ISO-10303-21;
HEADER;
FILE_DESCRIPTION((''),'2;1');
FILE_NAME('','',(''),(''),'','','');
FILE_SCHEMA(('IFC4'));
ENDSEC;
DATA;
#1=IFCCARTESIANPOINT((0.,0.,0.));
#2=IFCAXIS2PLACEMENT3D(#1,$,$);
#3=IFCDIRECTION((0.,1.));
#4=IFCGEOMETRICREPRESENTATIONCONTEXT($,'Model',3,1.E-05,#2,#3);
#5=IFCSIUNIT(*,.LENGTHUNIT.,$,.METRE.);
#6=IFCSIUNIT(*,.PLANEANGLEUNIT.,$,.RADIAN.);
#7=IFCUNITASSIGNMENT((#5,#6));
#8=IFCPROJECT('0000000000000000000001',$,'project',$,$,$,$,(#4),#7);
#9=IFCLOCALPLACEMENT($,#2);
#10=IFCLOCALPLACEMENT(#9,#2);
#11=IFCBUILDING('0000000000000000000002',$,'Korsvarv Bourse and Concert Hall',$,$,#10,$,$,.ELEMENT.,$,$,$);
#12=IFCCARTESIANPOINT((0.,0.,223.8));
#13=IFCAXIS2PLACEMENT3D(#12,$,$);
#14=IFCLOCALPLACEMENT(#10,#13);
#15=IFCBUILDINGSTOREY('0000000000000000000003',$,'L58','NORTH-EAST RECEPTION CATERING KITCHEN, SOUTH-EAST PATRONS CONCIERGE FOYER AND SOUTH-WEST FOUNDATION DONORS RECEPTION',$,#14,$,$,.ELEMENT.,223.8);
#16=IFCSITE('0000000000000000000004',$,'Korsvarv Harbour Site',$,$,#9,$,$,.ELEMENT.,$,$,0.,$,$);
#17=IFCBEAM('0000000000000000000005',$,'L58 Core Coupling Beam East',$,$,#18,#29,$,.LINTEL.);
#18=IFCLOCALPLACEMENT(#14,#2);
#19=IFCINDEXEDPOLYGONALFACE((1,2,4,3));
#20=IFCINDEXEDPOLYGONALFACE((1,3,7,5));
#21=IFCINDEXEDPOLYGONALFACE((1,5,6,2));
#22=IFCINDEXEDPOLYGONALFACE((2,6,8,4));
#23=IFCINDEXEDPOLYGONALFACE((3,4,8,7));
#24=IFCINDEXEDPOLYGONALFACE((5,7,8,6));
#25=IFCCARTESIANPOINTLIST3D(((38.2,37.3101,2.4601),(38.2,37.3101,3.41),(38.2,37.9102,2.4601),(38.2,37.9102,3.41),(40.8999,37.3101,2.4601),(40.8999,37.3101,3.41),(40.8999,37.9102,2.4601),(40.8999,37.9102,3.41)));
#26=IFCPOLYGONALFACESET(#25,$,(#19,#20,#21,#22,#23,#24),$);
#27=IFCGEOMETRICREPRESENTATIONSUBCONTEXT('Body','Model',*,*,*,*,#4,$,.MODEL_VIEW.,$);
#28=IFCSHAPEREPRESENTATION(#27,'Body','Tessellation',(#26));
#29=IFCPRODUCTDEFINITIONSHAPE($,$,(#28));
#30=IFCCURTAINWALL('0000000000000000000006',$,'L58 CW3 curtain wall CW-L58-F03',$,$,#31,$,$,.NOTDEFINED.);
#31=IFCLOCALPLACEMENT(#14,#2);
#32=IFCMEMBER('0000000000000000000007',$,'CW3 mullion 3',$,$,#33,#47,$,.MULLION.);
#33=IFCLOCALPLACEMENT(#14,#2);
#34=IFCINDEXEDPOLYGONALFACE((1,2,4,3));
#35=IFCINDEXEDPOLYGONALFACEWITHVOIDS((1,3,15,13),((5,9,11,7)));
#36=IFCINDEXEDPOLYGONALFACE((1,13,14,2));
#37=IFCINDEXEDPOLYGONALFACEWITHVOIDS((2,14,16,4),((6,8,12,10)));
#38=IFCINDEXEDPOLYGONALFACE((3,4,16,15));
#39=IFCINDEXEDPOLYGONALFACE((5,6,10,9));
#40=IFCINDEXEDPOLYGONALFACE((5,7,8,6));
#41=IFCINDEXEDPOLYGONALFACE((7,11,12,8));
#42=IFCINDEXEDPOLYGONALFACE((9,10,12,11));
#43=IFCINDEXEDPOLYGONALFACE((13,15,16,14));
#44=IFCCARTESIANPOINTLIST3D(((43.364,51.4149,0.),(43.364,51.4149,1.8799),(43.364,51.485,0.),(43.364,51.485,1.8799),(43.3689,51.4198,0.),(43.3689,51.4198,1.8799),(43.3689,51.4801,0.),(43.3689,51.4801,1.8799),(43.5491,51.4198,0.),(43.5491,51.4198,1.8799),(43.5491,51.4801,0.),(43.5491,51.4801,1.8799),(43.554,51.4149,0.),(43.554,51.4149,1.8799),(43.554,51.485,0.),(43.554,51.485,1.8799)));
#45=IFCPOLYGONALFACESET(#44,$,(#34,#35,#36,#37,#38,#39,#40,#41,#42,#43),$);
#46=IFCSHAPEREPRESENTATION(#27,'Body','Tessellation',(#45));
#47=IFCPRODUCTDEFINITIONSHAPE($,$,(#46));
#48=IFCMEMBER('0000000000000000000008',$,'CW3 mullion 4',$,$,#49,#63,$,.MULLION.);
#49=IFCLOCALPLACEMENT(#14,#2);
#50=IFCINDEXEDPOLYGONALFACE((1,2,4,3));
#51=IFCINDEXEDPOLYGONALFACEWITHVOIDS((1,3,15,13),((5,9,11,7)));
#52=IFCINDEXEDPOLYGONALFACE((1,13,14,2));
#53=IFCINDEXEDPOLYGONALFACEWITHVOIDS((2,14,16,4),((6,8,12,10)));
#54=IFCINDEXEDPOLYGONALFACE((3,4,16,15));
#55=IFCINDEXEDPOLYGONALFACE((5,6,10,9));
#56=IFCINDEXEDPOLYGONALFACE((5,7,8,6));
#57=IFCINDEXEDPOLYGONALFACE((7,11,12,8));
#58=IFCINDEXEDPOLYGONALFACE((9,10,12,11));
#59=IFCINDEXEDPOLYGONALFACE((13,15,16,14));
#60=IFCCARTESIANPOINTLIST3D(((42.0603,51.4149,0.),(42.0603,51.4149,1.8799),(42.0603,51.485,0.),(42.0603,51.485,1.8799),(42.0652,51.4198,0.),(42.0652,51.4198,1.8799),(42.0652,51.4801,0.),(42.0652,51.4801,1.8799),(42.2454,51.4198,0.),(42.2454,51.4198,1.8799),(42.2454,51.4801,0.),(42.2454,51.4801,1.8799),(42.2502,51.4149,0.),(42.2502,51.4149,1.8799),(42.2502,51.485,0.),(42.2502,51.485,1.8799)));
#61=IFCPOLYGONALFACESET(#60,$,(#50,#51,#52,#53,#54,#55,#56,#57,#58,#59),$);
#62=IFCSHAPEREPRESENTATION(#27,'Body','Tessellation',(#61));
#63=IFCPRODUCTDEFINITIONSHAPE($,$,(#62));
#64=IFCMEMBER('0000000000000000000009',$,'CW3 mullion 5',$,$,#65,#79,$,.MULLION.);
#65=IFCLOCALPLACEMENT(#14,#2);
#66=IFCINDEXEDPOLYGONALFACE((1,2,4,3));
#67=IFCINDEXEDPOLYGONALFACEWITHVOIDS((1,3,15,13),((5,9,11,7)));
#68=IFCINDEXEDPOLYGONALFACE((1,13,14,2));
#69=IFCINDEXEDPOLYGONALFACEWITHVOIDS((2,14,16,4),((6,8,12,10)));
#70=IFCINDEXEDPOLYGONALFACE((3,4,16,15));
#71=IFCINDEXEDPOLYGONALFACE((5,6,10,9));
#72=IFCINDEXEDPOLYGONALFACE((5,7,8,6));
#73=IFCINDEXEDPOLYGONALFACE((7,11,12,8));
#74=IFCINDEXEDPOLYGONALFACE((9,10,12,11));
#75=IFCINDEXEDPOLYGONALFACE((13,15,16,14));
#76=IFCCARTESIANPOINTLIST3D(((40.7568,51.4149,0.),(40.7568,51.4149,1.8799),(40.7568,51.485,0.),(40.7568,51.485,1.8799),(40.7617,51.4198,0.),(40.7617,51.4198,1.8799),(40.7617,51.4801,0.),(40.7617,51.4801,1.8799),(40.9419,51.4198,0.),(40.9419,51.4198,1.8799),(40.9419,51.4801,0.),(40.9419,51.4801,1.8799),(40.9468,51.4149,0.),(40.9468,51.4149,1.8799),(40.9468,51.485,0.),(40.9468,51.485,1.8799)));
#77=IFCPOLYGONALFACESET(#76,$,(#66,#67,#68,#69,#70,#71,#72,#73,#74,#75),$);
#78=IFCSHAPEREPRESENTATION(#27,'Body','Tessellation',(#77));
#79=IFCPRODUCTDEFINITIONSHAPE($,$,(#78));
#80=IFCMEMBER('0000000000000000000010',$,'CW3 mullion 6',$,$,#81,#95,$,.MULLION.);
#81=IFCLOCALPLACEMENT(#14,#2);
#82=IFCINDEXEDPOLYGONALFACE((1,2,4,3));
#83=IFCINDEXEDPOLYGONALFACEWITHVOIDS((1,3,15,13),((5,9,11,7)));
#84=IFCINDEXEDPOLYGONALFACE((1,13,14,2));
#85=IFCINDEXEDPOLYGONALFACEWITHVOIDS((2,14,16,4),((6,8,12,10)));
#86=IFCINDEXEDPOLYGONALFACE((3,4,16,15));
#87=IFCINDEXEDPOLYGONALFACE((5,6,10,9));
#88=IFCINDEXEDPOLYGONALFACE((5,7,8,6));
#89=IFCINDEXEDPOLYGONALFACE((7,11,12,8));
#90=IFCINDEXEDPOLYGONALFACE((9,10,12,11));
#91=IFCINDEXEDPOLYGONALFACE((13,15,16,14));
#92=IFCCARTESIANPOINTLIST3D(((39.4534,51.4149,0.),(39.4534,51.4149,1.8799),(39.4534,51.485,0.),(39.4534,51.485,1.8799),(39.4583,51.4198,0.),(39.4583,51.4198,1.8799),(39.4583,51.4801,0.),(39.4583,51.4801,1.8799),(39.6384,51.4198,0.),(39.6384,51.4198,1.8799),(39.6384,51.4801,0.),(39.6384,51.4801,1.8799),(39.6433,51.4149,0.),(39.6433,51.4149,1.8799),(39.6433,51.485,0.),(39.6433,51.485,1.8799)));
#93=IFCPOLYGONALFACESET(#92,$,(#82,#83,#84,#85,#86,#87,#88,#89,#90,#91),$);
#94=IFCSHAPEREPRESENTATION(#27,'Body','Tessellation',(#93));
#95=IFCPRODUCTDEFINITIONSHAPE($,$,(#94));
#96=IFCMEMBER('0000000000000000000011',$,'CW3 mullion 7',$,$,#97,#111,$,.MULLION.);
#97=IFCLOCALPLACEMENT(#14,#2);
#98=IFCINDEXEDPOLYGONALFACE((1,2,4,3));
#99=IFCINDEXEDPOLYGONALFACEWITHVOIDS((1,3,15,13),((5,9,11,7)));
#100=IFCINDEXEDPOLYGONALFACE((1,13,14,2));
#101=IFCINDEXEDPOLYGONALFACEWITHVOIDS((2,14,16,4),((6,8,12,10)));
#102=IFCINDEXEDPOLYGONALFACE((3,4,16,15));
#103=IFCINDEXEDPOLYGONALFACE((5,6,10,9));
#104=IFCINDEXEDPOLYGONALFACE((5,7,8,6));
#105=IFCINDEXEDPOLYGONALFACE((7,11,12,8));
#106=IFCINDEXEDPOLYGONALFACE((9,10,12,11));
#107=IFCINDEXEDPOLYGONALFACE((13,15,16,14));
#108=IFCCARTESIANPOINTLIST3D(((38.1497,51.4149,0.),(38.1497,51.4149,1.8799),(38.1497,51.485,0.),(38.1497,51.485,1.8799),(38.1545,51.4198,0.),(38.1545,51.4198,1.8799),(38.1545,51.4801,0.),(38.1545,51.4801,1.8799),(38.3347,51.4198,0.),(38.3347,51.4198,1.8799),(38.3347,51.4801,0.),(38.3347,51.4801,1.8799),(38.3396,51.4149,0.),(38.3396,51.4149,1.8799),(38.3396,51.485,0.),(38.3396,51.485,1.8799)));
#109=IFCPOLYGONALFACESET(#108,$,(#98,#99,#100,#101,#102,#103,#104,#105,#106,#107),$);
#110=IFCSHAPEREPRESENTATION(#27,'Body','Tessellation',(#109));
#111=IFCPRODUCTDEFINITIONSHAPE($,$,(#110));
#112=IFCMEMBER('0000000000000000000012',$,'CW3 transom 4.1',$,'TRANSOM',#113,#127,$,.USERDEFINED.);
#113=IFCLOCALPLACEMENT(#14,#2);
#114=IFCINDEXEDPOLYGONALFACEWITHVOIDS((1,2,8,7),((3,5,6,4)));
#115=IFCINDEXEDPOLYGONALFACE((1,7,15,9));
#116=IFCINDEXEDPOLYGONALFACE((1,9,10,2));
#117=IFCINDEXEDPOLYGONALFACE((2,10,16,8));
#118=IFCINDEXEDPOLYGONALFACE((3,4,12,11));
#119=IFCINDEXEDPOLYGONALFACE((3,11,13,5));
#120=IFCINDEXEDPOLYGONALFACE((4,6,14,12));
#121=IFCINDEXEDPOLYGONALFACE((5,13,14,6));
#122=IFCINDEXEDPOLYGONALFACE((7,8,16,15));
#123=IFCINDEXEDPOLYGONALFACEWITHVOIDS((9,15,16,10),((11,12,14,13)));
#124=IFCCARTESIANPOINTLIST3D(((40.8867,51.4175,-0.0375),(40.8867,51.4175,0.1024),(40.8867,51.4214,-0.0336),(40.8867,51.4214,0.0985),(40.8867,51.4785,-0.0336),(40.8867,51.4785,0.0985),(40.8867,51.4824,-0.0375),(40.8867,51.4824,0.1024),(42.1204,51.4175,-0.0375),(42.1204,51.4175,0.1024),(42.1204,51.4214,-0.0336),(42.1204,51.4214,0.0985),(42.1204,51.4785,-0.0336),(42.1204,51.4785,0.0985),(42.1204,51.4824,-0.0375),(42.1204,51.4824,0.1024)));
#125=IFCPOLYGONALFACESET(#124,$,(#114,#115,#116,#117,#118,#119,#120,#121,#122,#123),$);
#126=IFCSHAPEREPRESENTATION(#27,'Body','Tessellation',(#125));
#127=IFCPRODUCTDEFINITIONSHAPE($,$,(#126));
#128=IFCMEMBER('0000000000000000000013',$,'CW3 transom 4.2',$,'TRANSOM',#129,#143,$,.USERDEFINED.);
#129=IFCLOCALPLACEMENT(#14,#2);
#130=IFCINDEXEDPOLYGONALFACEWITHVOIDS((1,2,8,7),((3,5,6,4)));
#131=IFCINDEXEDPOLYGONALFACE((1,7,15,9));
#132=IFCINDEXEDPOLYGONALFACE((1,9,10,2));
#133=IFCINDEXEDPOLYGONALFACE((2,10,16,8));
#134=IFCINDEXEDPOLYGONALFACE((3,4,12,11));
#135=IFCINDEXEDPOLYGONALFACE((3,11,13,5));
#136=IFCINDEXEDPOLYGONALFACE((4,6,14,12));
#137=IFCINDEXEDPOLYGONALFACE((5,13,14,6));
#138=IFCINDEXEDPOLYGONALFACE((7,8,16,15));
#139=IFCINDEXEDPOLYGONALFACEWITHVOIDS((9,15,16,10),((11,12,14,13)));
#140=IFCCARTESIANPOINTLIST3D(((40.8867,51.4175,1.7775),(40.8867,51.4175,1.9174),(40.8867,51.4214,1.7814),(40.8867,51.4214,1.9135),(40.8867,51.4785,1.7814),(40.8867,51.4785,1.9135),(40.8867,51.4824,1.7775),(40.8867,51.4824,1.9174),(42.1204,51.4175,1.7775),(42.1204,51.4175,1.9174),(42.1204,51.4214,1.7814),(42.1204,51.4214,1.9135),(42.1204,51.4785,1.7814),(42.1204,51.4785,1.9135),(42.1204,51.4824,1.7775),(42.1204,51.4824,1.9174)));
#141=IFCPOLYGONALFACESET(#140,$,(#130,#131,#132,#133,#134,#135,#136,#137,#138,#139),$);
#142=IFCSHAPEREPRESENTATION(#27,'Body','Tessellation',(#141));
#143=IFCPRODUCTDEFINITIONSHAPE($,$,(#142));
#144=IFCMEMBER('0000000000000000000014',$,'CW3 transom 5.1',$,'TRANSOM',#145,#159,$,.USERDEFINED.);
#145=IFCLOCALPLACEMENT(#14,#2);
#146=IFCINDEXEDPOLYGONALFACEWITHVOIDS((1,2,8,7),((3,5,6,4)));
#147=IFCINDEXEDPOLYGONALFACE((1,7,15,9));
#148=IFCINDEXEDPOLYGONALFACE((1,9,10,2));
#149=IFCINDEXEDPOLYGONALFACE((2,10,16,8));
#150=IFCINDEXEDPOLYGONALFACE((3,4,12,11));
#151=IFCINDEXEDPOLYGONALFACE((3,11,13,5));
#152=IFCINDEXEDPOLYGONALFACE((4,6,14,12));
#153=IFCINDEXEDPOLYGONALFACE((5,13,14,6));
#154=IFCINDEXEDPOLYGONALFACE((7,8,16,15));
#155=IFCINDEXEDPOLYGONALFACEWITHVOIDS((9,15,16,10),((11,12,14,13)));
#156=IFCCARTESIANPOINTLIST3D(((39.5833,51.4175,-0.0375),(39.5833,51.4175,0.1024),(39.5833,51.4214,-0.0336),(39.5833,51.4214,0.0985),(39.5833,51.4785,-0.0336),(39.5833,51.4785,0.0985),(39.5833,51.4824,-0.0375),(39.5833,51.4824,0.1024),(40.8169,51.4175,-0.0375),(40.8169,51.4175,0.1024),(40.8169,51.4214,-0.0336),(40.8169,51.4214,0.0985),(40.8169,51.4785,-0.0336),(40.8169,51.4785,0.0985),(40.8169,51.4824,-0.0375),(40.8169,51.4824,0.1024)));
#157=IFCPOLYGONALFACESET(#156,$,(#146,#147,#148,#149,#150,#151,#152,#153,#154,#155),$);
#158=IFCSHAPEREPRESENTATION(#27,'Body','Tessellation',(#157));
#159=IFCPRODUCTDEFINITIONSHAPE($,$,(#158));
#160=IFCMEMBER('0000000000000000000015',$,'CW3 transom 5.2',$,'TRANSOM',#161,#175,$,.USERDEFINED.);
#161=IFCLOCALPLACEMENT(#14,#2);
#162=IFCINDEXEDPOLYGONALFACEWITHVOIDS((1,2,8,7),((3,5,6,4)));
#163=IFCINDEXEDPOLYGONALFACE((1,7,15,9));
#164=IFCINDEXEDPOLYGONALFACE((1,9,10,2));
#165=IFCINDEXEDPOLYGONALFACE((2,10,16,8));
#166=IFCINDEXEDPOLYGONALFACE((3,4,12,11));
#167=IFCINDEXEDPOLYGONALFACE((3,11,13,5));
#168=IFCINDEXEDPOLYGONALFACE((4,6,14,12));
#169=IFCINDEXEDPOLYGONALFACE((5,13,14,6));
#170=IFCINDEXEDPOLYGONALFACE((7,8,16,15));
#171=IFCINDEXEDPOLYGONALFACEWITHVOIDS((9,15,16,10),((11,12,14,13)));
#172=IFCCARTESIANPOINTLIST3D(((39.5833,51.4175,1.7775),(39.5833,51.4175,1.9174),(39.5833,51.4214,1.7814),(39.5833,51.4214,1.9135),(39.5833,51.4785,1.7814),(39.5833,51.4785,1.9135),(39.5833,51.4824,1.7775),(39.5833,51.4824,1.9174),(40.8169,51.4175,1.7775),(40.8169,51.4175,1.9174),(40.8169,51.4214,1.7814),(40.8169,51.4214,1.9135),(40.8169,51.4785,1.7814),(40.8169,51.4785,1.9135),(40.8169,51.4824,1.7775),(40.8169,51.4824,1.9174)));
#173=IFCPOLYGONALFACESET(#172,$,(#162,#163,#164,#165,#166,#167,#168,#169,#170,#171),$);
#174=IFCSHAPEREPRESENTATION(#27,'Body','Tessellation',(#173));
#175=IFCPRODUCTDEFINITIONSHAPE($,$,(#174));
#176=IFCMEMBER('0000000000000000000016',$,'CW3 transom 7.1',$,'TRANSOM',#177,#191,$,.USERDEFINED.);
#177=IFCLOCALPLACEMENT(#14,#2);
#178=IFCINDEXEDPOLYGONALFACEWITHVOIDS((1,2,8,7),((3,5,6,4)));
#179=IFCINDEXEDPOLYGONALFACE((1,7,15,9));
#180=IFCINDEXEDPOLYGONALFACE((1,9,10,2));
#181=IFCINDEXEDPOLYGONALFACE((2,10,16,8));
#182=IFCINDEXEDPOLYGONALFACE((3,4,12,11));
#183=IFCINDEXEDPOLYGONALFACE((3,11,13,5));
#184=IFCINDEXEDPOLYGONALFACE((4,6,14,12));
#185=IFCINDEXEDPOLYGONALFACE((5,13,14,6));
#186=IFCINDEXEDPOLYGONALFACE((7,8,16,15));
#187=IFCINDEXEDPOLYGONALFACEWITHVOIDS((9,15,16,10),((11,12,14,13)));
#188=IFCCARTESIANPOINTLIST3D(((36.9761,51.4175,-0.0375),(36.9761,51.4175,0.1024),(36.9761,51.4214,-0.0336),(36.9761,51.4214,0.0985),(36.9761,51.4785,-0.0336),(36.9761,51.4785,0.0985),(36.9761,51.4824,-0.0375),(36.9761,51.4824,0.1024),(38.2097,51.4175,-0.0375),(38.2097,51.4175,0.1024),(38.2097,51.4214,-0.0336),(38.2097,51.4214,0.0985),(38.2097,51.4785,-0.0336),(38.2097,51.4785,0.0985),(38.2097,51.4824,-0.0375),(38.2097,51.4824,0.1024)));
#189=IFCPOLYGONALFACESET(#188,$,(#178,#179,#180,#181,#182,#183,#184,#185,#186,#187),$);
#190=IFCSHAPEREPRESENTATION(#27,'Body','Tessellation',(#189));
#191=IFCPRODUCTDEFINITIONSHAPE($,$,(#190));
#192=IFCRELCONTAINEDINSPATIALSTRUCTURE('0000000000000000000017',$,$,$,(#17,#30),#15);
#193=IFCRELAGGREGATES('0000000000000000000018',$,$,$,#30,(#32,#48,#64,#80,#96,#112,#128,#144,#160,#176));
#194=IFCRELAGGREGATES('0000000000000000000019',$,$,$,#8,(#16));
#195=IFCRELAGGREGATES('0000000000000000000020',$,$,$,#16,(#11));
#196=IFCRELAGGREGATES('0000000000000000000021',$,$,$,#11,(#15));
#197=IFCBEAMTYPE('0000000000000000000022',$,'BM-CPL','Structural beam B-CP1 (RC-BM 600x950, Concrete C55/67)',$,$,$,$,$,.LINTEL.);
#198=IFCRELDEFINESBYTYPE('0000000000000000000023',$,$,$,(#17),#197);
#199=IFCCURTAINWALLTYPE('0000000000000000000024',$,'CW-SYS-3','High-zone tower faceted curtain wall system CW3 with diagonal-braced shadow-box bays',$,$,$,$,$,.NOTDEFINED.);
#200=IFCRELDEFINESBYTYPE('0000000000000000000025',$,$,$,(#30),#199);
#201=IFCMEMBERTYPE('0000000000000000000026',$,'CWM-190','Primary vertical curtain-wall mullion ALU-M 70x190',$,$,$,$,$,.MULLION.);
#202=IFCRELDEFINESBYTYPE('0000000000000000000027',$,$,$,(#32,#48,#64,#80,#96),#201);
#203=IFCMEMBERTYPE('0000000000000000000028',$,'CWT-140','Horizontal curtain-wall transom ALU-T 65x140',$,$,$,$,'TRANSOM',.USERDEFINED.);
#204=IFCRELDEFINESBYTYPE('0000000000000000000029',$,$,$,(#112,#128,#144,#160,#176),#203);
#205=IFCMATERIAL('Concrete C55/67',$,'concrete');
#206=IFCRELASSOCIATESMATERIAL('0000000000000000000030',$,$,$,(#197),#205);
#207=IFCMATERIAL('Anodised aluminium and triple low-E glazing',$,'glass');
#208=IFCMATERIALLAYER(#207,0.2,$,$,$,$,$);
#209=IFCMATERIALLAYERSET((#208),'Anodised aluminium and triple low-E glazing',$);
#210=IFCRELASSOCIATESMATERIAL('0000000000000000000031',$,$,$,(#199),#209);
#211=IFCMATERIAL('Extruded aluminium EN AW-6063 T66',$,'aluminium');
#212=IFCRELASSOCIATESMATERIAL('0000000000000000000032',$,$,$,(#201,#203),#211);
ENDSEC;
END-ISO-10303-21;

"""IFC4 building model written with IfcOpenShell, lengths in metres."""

from ifc_helpers import new_model, si_unit, direction, frame, origin, origin_2d, place, context, subcontext, project, spatial, rectangle, hollow_rectangle, extrude, source, transform, mapped, material, layer, layer_set, material_profile, profile_set, type_object, element, aggregate, save


model = new_model("IFC4")

# Units and contexts
model_context = context("Model", 3, precision=1e-05, world=origin(), true_north=direction((0.0, 1.0)))
body_context = subcontext(model_context, "Body", "Model", "MODEL_VIEW")
ifc_project = project(units=[si_unit("LENGTHUNIT", "METRE"), si_unit("PLANEANGLEUNIT", "RADIAN")], contexts=[model_context])

# Site, building, storey
site_placement = place(None, origin())
site = spatial("IfcSite", under=ifc_project, at=site_placement, Name="Korsvarv Harbour Site", CompositionType="ELEMENT", RefElevation=0.0)
building_placement = place(site_placement, origin())
building = spatial("IfcBuilding", under=site, at=building_placement, Name="Korsvarv Bourse and Concert Hall", CompositionType="ELEMENT")
storey_placement = place(building_placement, frame((0.0, 0.0, 223.8)))
storey = spatial("IfcBuildingStorey", under=building, at=storey_placement, Name="L58", Description="NORTH-EAST RECEPTION CATERING KITCHEN, SOUTH-EAST PATRONS CONCIERGE FOYER AND SOUTH-WEST FOUNDATION DONORS RECEPTION", CompositionType="ELEMENT", Elevation=223.8)

# Beam
ifc_material_1 = material(Name="Concrete C55/67", Category="concrete")
ifc_material_profile_1 = material_profile(ifc_material_1, rectangle(XDim=0.6001, YDim=0.95, at=origin_2d()), Name="RC-BM 600x950")
ifc_profile_set_1 = profile_set([ifc_material_profile_1], Name="Concrete C55/67")
beam_type = type_object("IfcBeamType", Name="BM-CPL", Description="Structural beam B-CP1 (RC-BM 600x950, Concrete C55/67)", PredefinedType="LINTEL", material=ifc_profile_set_1)
shared_shape_1 = source(origin(), body_context, "Body", "SweptSolid", [
    extrude(rectangle(XDim=0.6001, YDim=0.95, at=origin_2d()), origin(), (0.0, 0.0, 1.0), 2.7),
])
beam_placement = place(storey_placement, frame((38.2, 37.6101, 2.9351), z_axis=(1.0, 0.0, 0.0), x_axis=(0.0, 1.0, 0.0)))
element("IfcBeam", 1, at=beam_placement, inside=storey, type_object=beam_type, Name="L58 Core Coupling Beam East", PredefinedType="LINTEL", context=body_context, shape_type="MappedRepresentation", body=[
    mapped(shared_shape_1, transform((0.0, 0.0, 0.0), scale=1.0)),
])

# Curtain wall, members
ifc_material_2 = material(Name="Anodised aluminium and triple low-E glazing", Category="glass")
ifc_layer_1 = layer(ifc_material_2, 0.2)
ifc_layer_set_1 = layer_set([ifc_layer_1], Name="Anodised aluminium and triple low-E glazing")
curtain_wall_type = type_object("IfcCurtainWallType", Name="CW-SYS-3", Description="High-zone tower faceted curtain wall system CW3 with diagonal-braced shadow-box bays", PredefinedType="NOTDEFINED", material=ifc_layer_set_1)
curtain_wall_placement = place(storey_placement, origin())
curtain_wall = element("IfcCurtainWall", 2, at=curtain_wall_placement, inside=storey, type_object=curtain_wall_type, Name="L58 CW3 curtain wall CW-L58-F03", PredefinedType="NOTDEFINED")
ifc_material_3 = material(Name="Extruded aluminium EN AW-6063 T66", Category="aluminium")
ifc_material_profile_2 = material_profile(ifc_material_3, hollow_rectangle(XDim=0.0701, YDim=0.1899, WallThickness=0.0049, at=origin_2d()), Name="ALU-M 70x190")
ifc_profile_set_2 = profile_set([ifc_material_profile_2], Name="Extruded aluminium EN AW-6063 T66")
member_type_1 = type_object("IfcMemberType", Name="CWM-190", Description="Primary vertical curtain-wall mullion ALU-M 70x190", PredefinedType="MULLION", material=ifc_profile_set_2)
shared_shape_2 = source(origin(), body_context, "Body", "SweptSolid", [
    extrude(hollow_rectangle(XDim=0.0701, YDim=0.1899, WallThickness=0.0049, at=origin_2d()), origin(), (0.0, 0.0, 1.0), 1.8799),
])
member_1_placement = place(storey_placement, frame((43.459, 51.45, 0.0), z_axis=(0.0, 0.0, 1.0), x_axis=(0.0, -1.0, 0.0)))
member_1 = element("IfcMember", 3, at=member_1_placement, type_object=member_type_1, Name="CW3 mullion 3", PredefinedType="MULLION", context=body_context, shape_type="MappedRepresentation", body=[
    mapped(shared_shape_2, transform((0.0, 0.0, 0.0), scale=1.0)),
])
member_2_placement = place(storey_placement, frame((42.1553, 51.45, 0.0), z_axis=(0.0, 0.0, 1.0), x_axis=(0.0, -1.0, 0.0)))
member_2 = element("IfcMember", 4, at=member_2_placement, type_object=member_type_1, Name="CW3 mullion 4", PredefinedType="MULLION", context=body_context, shape_type="MappedRepresentation", body=[
    mapped(shared_shape_2, transform((0.0, 0.0, 0.0), scale=1.0)),
])
member_3_placement = place(storey_placement, frame((40.8518, 51.45, 0.0), z_axis=(0.0, 0.0, 1.0), x_axis=(0.0, -1.0, 0.0)))
member_3 = element("IfcMember", 5, at=member_3_placement, type_object=member_type_1, Name="CW3 mullion 5", PredefinedType="MULLION", context=body_context, shape_type="MappedRepresentation", body=[
    mapped(shared_shape_2, transform((0.0, 0.0, 0.0), scale=1.0)),
])
member_4_placement = place(storey_placement, frame((39.5483, 51.45, 0.0), z_axis=(0.0, 0.0, 1.0), x_axis=(0.0, -1.0, 0.0)))
member_4 = element("IfcMember", 6, at=member_4_placement, type_object=member_type_1, Name="CW3 mullion 6", PredefinedType="MULLION", context=body_context, shape_type="MappedRepresentation", body=[
    mapped(shared_shape_2, transform((0.0, 0.0, 0.0), scale=1.0)),
])
member_5_placement = place(storey_placement, frame((38.2446, 51.45, 0.0), z_axis=(0.0, 0.0, 1.0), x_axis=(0.0, -1.0, 0.0)))
member_5 = element("IfcMember", 7, at=member_5_placement, type_object=member_type_1, Name="CW3 mullion 7", PredefinedType="MULLION", context=body_context, shape_type="MappedRepresentation", body=[
    mapped(shared_shape_2, transform((0.0, 0.0, 0.0), scale=1.0)),
])
ifc_material_profile_3 = material_profile(ifc_material_3, hollow_rectangle(XDim=0.0649, YDim=0.1399, WallThickness=0.0039, at=origin_2d()), Name="ALU-T 65x140")
ifc_profile_set_3 = profile_set([ifc_material_profile_3], Name="Extruded aluminium EN AW-6063 T66")
member_type_2 = type_object("IfcMemberType", Name="CWT-140", Description="Horizontal curtain-wall transom ALU-T 65x140", ElementType="TRANSOM", PredefinedType="USERDEFINED", material=ifc_profile_set_3)
shared_shape_3 = source(origin(), body_context, "Body", "SweptSolid", [
    extrude(hollow_rectangle(XDim=0.0649, YDim=0.1399, WallThickness=0.0039, at=origin_2d()), origin(), (0.0, 0.0, 1.0), 1.2336),
])
member_6_placement = place(storey_placement, frame((42.1204, 51.45, 0.0325), z_axis=(-1.0, 0.0, 0.0), x_axis=(0.0, -1.0, 0.0)))
member_6 = element("IfcMember", 8, at=member_6_placement, type_object=member_type_2, Name="CW3 transom 4.1", ObjectType="TRANSOM", PredefinedType="USERDEFINED", context=body_context, shape_type="MappedRepresentation", body=[
    mapped(shared_shape_3, transform((0.0, 0.0, 0.0), scale=1.0)),
])
member_7_placement = place(storey_placement, frame((42.1204, 51.45, 1.8474), z_axis=(-1.0, 0.0, 0.0), x_axis=(0.0, -1.0, 0.0)))
member_7 = element("IfcMember", 9, at=member_7_placement, type_object=member_type_2, Name="CW3 transom 4.2", ObjectType="TRANSOM", PredefinedType="USERDEFINED", context=body_context, shape_type="MappedRepresentation", body=[
    mapped(shared_shape_3, transform((0.0, 0.0, 0.0), scale=1.0)),
])
member_8_placement = place(storey_placement, frame((40.8169, 51.45, 0.0325), z_axis=(-1.0, 0.0, 0.0), x_axis=(0.0, -1.0, 0.0)))
member_8 = element("IfcMember", 10, at=member_8_placement, type_object=member_type_2, Name="CW3 transom 5.1", ObjectType="TRANSOM", PredefinedType="USERDEFINED", context=body_context, shape_type="MappedRepresentation", body=[
    mapped(shared_shape_3, transform((0.0, 0.0, 0.0), scale=1.0)),
])
member_9_placement = place(storey_placement, frame((40.8169, 51.45, 1.8474), z_axis=(-1.0, 0.0, 0.0), x_axis=(0.0, -1.0, 0.0)))
member_9 = element("IfcMember", 11, at=member_9_placement, type_object=member_type_2, Name="CW3 transom 5.2", ObjectType="TRANSOM", PredefinedType="USERDEFINED", context=body_context, shape_type="MappedRepresentation", body=[
    mapped(shared_shape_3, transform((0.0, 0.0, 0.0), scale=1.0)),
])
member_10_placement = place(storey_placement, frame((38.2097, 51.45, 0.0325), z_axis=(-1.0, 0.0, 0.0), x_axis=(0.0, -1.0, 0.0)))
member_10 = element("IfcMember", 12, at=member_10_placement, type_object=member_type_2, Name="CW3 transom 7.1", ObjectType="TRANSOM", PredefinedType="USERDEFINED", context=body_context, shape_type="MappedRepresentation", body=[
    mapped(shared_shape_3, transform((0.0, 0.0, 0.0), scale=1.0)),
])
aggregate(curtain_wall, [member_1, member_2, member_3, member_4, member_5, member_6, member_7, member_8, member_9, member_10])

save(model, "model.ifc")
